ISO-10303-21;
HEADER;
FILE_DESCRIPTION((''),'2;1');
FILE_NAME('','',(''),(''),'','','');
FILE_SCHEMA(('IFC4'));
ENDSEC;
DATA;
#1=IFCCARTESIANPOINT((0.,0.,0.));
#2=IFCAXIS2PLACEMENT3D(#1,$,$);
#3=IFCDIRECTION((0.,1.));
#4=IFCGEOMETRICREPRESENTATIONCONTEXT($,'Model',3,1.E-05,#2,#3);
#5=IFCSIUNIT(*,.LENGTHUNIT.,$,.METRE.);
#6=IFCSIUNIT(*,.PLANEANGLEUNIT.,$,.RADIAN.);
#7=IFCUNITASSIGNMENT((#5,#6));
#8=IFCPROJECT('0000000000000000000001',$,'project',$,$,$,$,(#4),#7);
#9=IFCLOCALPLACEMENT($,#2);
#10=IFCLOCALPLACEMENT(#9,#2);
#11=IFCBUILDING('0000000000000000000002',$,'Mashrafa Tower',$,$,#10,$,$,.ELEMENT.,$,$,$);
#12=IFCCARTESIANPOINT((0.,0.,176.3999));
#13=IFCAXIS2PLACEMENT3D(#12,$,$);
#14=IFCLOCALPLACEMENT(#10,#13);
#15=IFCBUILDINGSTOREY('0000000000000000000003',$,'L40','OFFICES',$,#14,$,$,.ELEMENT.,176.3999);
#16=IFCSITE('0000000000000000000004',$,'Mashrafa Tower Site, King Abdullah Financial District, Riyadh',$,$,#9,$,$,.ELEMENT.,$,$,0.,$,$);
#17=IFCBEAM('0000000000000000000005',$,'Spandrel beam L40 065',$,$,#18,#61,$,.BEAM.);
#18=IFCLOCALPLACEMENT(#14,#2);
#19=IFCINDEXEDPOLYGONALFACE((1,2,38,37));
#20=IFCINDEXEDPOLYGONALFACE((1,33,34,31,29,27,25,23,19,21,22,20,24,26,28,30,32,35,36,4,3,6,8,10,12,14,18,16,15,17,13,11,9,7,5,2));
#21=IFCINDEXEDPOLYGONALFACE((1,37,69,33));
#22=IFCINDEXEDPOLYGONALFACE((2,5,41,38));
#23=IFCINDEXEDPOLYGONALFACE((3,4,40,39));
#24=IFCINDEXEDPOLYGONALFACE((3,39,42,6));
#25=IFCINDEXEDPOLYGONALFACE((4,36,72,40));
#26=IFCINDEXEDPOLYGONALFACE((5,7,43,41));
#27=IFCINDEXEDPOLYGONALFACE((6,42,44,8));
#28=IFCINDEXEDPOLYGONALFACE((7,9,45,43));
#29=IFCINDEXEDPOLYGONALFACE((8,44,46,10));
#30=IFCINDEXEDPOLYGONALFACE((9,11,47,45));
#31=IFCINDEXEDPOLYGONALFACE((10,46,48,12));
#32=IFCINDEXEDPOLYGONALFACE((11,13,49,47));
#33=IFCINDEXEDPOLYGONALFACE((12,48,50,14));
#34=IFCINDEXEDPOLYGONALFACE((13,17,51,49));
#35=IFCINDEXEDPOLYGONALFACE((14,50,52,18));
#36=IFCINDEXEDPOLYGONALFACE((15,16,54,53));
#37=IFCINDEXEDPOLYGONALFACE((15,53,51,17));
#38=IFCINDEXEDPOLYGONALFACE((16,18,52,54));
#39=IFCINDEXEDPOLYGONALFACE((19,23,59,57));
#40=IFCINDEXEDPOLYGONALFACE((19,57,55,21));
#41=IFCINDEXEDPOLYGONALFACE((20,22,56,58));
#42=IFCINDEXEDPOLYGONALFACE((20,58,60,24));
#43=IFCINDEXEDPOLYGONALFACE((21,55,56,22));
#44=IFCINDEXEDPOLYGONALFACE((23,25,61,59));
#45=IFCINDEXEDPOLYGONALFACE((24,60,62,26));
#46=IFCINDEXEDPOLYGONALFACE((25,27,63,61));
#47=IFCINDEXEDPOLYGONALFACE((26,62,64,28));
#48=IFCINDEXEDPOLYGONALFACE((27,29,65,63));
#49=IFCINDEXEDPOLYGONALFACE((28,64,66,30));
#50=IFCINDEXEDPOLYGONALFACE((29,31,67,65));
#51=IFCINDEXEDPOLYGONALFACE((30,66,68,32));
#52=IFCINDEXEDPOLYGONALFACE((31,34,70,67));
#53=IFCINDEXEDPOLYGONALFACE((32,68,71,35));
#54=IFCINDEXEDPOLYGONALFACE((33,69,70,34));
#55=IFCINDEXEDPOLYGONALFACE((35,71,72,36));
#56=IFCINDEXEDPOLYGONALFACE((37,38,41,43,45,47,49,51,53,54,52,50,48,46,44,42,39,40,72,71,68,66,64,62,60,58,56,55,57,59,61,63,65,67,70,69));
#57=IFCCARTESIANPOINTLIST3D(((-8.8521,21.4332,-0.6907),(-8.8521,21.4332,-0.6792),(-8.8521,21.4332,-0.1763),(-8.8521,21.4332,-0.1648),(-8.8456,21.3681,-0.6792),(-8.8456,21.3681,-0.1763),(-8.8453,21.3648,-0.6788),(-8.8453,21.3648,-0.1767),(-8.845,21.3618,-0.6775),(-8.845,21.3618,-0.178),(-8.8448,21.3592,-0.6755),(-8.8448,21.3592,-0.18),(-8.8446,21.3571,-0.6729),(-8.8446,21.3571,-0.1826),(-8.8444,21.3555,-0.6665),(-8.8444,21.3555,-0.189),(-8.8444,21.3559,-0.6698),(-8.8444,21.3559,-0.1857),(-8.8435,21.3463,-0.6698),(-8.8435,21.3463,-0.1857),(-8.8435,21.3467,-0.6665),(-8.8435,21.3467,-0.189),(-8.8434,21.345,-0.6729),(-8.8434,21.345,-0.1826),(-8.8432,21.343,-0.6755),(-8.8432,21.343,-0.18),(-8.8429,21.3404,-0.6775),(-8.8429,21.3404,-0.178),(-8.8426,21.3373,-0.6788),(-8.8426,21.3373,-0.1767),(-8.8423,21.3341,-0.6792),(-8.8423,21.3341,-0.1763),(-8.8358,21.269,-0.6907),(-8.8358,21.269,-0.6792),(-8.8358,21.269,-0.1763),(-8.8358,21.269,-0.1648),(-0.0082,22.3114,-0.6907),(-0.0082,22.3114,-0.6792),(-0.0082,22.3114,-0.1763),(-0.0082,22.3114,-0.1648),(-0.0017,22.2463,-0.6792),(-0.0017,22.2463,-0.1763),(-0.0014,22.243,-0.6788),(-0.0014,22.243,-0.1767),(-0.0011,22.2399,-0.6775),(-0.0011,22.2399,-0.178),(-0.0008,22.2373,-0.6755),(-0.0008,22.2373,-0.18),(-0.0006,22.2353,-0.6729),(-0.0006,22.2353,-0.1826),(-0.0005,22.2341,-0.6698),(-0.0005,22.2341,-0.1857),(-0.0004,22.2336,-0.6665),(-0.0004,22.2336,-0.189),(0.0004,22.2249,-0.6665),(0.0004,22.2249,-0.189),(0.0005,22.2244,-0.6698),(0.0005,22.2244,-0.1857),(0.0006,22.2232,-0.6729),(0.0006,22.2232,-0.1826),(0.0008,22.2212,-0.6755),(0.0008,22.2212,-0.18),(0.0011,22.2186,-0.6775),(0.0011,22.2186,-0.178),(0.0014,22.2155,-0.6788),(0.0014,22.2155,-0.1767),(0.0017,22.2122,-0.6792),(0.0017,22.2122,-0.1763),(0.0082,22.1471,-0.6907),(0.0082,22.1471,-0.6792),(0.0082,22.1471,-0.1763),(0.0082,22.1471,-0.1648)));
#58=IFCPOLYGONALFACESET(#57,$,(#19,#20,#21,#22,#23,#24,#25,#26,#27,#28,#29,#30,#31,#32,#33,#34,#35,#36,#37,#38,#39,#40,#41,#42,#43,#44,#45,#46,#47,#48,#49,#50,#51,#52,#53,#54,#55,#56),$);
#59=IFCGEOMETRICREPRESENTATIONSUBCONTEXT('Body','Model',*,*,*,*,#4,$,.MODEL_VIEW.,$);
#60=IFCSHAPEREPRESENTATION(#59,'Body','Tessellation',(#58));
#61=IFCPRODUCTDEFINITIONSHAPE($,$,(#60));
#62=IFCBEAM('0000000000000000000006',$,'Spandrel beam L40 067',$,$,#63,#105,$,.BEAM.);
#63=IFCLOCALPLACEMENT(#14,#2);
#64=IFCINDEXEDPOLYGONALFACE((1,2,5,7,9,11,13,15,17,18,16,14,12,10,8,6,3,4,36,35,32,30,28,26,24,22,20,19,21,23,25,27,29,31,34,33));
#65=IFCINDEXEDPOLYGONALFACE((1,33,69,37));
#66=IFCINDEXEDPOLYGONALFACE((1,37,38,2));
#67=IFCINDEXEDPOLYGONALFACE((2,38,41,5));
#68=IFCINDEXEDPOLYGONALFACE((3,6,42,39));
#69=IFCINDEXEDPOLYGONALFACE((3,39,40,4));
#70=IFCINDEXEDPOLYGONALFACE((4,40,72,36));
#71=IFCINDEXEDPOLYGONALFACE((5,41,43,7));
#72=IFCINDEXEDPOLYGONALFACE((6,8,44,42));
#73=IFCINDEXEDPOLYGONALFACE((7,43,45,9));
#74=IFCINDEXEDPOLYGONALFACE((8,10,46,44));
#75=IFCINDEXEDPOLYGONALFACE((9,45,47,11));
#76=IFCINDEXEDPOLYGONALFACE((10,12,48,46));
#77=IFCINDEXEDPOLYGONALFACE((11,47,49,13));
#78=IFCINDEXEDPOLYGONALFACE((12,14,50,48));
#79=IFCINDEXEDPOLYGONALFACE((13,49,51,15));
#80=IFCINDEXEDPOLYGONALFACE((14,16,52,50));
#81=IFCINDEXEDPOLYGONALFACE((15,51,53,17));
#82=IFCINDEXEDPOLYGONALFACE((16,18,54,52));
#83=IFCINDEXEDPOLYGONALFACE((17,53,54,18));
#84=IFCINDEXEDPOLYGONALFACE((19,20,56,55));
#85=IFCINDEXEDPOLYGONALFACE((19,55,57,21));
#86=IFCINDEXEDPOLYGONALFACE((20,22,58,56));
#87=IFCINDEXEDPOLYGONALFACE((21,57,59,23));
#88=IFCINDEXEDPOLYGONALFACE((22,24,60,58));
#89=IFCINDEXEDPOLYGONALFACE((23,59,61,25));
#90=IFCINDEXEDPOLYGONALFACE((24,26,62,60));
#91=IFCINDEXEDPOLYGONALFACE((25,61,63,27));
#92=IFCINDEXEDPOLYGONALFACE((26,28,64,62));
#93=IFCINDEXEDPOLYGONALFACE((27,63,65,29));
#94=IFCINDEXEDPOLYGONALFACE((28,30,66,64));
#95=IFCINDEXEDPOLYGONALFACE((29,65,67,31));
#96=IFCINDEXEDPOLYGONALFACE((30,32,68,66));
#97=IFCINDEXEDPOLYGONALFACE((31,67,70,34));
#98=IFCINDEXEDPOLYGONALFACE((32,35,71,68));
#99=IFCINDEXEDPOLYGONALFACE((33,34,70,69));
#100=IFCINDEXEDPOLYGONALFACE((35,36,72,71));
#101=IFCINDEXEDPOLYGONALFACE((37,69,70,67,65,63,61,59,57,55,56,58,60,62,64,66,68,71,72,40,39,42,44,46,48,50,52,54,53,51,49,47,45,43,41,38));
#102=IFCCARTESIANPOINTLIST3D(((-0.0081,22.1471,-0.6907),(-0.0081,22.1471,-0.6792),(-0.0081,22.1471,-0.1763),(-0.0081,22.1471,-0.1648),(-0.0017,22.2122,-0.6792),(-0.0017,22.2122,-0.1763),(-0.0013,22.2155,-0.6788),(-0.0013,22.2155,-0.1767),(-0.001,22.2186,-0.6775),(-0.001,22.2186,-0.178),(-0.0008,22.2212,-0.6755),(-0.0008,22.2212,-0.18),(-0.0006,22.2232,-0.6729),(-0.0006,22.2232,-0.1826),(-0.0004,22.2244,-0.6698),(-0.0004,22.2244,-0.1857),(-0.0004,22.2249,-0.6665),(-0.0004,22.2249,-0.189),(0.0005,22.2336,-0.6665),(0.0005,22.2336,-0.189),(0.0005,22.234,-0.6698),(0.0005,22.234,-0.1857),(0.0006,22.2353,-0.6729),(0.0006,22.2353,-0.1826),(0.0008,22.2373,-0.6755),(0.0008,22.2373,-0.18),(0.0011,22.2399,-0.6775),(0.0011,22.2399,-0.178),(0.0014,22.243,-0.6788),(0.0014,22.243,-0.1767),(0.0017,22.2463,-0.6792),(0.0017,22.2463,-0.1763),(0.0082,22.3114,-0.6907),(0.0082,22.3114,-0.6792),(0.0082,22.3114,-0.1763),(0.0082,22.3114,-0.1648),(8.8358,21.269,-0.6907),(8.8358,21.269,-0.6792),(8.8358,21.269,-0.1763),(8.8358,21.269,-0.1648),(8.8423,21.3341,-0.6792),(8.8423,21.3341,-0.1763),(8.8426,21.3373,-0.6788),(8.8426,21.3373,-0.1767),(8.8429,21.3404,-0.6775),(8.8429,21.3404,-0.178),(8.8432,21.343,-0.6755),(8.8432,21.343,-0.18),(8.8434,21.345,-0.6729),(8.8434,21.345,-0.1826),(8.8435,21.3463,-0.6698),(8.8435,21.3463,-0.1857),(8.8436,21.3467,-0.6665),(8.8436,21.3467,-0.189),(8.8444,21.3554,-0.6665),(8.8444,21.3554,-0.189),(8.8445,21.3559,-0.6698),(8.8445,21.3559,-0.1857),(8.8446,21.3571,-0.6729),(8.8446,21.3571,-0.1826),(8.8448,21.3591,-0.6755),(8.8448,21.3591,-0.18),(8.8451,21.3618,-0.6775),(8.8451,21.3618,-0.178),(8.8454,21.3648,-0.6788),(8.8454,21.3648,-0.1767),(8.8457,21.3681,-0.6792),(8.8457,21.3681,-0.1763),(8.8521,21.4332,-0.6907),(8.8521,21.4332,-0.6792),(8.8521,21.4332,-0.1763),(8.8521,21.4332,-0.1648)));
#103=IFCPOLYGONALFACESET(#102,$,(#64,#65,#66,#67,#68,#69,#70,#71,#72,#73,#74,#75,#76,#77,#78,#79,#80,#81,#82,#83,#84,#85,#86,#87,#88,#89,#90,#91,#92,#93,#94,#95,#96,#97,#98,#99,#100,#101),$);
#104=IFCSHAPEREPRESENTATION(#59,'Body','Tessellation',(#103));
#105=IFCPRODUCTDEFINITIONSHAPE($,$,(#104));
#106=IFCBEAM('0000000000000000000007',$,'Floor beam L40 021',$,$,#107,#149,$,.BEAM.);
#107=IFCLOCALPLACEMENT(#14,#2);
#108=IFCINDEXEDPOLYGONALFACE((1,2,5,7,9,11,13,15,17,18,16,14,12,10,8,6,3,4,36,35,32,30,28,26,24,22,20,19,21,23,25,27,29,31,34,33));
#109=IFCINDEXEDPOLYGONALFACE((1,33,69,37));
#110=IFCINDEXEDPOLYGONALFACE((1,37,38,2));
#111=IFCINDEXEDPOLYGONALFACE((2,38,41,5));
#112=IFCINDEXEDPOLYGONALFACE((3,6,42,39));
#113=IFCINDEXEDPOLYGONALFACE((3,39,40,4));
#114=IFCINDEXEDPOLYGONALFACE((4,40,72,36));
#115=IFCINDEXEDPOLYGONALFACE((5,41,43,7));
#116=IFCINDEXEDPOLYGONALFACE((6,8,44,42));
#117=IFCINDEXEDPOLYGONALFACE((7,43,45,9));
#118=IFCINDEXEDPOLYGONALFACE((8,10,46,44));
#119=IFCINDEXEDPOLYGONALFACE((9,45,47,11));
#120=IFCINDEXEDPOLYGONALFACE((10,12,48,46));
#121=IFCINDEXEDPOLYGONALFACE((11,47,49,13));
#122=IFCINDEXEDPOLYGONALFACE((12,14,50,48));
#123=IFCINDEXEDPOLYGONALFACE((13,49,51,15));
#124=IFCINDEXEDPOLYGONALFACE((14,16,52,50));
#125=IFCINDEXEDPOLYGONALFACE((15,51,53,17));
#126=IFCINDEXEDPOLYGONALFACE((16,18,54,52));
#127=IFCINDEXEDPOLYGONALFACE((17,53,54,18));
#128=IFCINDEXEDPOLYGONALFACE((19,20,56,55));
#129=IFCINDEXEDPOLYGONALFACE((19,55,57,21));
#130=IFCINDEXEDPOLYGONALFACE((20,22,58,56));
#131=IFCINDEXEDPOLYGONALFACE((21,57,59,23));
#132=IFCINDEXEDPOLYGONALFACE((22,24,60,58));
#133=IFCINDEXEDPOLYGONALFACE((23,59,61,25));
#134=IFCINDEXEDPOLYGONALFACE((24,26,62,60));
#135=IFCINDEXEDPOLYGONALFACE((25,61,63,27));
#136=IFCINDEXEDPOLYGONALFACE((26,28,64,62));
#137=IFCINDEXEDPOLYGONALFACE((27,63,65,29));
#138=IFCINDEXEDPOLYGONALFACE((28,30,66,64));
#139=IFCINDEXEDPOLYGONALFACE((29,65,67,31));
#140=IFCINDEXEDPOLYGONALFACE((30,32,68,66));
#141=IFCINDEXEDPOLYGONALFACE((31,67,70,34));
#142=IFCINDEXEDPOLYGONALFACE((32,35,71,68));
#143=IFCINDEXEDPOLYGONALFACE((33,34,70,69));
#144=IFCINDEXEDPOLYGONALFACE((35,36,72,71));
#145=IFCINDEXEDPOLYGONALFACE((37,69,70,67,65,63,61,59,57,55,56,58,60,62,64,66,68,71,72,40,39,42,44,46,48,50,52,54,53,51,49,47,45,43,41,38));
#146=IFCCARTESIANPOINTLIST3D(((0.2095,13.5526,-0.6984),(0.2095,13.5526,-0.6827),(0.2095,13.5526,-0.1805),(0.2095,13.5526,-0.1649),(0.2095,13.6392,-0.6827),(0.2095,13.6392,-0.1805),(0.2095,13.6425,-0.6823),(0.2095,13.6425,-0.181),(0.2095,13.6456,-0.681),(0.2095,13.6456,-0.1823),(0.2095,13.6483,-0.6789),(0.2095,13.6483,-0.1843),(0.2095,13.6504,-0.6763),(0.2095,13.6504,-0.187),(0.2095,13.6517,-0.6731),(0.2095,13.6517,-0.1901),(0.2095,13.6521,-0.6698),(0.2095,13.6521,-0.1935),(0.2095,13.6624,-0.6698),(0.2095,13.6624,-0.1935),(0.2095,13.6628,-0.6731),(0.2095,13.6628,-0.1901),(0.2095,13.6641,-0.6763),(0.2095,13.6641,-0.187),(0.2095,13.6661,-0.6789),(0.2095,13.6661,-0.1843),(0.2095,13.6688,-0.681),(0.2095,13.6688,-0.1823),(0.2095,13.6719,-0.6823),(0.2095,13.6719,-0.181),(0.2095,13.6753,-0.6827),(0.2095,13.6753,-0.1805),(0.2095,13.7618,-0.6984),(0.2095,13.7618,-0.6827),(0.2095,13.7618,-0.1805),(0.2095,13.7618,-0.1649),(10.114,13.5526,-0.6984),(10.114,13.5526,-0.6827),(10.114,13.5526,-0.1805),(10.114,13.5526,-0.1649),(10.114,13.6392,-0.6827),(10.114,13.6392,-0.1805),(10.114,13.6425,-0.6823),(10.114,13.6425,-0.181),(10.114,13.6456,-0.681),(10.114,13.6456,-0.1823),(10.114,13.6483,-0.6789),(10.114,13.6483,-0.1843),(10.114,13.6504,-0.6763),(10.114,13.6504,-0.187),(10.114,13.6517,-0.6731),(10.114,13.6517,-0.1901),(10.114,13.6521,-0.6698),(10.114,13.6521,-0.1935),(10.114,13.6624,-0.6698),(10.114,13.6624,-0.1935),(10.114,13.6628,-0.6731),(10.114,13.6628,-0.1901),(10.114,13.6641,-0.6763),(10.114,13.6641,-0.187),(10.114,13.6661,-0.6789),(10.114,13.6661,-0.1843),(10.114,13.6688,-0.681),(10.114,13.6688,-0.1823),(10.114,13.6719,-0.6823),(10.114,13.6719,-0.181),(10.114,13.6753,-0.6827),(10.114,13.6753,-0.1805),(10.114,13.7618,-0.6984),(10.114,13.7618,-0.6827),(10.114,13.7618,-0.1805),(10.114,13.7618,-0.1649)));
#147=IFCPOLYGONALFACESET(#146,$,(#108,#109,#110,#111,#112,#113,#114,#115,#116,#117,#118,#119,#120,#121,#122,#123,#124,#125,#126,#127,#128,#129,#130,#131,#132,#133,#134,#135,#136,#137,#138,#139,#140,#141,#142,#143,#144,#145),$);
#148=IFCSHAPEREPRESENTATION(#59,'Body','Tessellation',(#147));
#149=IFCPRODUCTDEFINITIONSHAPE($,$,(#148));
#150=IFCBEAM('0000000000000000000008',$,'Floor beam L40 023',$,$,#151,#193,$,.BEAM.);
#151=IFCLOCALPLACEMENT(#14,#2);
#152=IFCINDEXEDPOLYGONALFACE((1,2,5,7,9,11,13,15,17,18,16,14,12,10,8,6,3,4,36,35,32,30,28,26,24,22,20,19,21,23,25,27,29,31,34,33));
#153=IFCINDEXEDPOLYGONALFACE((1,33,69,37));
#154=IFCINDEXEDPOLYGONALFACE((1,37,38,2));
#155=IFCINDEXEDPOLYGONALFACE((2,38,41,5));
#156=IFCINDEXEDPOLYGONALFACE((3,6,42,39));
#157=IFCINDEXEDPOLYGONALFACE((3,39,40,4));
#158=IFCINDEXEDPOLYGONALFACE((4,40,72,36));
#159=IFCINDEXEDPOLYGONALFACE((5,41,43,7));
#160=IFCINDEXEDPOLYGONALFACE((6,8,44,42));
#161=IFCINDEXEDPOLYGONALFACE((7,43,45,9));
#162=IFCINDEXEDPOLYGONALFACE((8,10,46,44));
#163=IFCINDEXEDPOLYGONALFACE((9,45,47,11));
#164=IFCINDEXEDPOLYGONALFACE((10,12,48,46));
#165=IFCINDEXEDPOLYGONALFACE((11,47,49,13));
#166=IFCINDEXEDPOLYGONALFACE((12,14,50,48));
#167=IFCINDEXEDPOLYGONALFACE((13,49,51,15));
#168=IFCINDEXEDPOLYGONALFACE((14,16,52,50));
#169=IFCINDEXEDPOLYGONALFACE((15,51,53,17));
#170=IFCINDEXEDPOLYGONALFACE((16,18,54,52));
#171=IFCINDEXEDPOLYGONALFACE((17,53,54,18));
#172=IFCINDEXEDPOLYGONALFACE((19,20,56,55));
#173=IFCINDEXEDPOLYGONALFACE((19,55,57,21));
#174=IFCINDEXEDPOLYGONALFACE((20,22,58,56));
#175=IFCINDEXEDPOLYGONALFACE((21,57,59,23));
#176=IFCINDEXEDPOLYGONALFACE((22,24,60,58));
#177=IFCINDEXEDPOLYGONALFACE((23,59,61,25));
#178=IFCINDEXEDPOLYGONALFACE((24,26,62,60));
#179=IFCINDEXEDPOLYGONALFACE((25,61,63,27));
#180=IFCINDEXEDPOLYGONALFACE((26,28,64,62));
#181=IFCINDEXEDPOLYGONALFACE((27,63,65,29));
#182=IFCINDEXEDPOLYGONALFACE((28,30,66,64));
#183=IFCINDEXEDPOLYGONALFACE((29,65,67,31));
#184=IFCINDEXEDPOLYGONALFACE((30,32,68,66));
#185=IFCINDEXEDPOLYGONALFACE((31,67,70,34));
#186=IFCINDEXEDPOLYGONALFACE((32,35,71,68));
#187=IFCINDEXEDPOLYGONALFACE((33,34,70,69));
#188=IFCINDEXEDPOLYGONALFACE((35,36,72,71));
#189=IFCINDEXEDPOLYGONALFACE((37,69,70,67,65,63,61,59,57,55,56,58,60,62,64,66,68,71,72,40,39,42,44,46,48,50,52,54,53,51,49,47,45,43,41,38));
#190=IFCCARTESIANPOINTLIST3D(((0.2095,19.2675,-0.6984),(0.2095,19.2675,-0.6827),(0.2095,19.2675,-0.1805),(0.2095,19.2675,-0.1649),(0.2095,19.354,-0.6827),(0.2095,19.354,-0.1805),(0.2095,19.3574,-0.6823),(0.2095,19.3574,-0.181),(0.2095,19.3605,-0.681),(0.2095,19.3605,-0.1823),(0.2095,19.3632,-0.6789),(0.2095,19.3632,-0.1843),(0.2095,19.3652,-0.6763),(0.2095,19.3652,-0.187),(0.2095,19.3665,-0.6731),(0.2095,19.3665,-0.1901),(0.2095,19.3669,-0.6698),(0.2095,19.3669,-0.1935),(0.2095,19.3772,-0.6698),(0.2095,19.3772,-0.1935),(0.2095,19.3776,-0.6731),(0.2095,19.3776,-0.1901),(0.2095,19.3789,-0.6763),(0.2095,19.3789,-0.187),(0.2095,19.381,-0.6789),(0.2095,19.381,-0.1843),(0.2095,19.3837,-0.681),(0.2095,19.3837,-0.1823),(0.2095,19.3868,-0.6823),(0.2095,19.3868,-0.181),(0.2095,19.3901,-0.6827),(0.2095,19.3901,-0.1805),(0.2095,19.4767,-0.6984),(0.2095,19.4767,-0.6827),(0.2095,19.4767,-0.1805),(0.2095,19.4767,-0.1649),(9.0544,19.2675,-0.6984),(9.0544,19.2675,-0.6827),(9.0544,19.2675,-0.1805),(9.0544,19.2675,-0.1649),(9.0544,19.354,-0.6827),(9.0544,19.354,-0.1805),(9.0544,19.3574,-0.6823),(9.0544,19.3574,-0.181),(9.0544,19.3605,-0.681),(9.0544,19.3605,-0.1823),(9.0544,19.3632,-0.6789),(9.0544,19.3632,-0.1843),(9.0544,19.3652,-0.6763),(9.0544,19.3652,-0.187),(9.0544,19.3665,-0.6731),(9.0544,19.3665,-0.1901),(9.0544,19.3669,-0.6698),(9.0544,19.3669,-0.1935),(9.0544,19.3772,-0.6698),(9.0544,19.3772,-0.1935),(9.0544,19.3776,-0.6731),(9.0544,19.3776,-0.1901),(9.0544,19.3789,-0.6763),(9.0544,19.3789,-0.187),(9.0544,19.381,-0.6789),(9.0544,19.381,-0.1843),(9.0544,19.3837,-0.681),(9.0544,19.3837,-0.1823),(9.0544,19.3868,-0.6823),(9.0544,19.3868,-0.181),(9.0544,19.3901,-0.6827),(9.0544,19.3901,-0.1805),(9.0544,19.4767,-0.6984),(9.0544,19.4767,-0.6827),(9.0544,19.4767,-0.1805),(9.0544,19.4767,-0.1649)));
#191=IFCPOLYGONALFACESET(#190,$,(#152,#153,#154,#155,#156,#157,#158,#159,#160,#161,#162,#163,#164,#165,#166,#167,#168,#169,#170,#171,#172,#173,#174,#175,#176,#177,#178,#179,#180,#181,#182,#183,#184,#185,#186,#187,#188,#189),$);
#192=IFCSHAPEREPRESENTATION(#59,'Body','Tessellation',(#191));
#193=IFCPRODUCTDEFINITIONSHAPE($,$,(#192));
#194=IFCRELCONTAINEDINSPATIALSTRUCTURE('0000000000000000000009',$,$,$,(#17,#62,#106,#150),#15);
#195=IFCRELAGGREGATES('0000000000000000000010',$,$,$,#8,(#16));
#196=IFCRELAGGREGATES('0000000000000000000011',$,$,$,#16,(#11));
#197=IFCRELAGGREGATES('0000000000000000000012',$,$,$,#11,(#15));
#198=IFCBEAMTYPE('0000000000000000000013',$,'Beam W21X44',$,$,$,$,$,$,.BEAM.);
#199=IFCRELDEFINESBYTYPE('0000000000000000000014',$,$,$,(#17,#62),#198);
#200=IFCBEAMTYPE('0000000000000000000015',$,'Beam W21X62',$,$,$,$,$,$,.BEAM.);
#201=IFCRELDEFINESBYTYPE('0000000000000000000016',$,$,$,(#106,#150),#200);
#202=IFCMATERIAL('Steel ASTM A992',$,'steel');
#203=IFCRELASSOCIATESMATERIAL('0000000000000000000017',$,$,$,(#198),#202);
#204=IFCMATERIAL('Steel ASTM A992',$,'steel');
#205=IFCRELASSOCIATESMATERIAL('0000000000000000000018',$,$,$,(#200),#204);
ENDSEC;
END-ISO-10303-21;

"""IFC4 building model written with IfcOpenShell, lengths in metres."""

from ifc_helpers import new_model, si_unit, direction, frame, origin, origin_2d, place, context, subcontext, project, spatial, i_section, extrude, material, material_profile, profile_set, type_object, element, save


model = new_model("IFC4")

# Units and contexts
model_context = context("Model", 3, precision=1e-05, world=origin(), true_north=direction((0.0, 1.0)))
body_context = subcontext(model_context, "Body", "Model", "MODEL_VIEW")
ifc_project = project(units=[si_unit("LENGTHUNIT", "METRE"), si_unit("PLANEANGLEUNIT", "RADIAN")], contexts=[model_context])

# Site, building, storey
site_placement = place(None, origin())
site = spatial("IfcSite", under=ifc_project, at=site_placement, Name="Mashrafa Tower Site, King Abdullah Financial District, Riyadh", CompositionType="ELEMENT", RefElevation=0.0)
building_placement = place(site_placement, origin())
building = spatial("IfcBuilding", under=site, at=building_placement, Name="Mashrafa Tower", CompositionType="ELEMENT")
storey_placement = place(building_placement, frame((0.0, 0.0, 176.3999)))
storey = spatial("IfcBuildingStorey", under=building, at=storey_placement, Name="L40", Description="OFFICES", CompositionType="ELEMENT", Elevation=176.3999)

# Beams
ifc_material_1 = material(Name="Steel ASTM A992", Category="steel")
ifc_material_profile_1 = material_profile(ifc_material_1, i_section(OverallWidth=0.165, OverallDepth=0.5259, WebThickness=0.0088, FlangeThickness=0.0115, FilletRadius=0.0127, at=origin_2d()), Name="W21X44")
ifc_profile_set_1 = profile_set([ifc_material_profile_1], Name="Steel ASTM A992")
beam_type_1 = type_object("IfcBeamType", Name="Beam W21X44", PredefinedType="BEAM", material=ifc_profile_set_1)
for number, where, z_axis, x_axis, name in (
    (1, (0.0, 22.2292, -0.4277), (-0.995106, -0.09881, 0.0), (0.09881, -0.995106, 0.0), "Spandrel beam L40 065"),
    (2, (8.844, 21.3511, -0.4277), (-0.995106, 0.09881, 0.0), (-0.09881, -0.995106, 0.0), "Spandrel beam L40 067"),
):
    element("IfcBeam", number, at=place(storey_placement, frame(where, z_axis=z_axis, x_axis=x_axis)), inside=storey, type_object=beam_type_1, Name=name, PredefinedType="BEAM", context=body_context, shape_type="SweptSolid", body=[
        extrude(i_section(OverallWidth=0.165, OverallDepth=0.5259, WebThickness=0.0088, FlangeThickness=0.0115, FilletRadius=0.0127, at=origin_2d()), origin(), (0.0, 0.0, 1.0), 8.8875),
    ])
ifc_material_2 = material(Name="Steel ASTM A992", Category="steel")
ifc_material_profile_2 = material_profile(ifc_material_2, i_section(OverallWidth=0.2092, OverallDepth=0.5334, WebThickness=0.0103, FlangeThickness=0.0156, FilletRadius=0.0129, at=origin_2d()), Name="W21X62")
ifc_profile_set_2 = profile_set([ifc_material_profile_2], Name="Steel ASTM A992")
beam_type_2 = type_object("IfcBeamType", Name="Beam W21X62", PredefinedType="BEAM", material=ifc_profile_set_2)
beam_1_placement = place(storey_placement, frame((0.2095, 13.6572, -0.4316), z_axis=(1.0, 0.0, 0.0), x_axis=(0.0, 1.0, 0.0)))
element("IfcBeam", 3, at=beam_1_placement, inside=storey, type_object=beam_type_2, Name="Floor beam L40 021", PredefinedType="BEAM", context=body_context, shape_type="SweptSolid", body=[
    extrude(i_section(OverallWidth=0.2092, OverallDepth=0.5334, WebThickness=0.0103, FlangeThickness=0.0156, FilletRadius=0.0129, at=origin_2d()), origin(), (0.0, 0.0, 1.0), 9.9045),
])
beam_2_placement = place(storey_placement, frame((0.2095, 19.3721, -0.4316), z_axis=(1.0, 0.0, 0.0), x_axis=(0.0, 1.0, 0.0)))
element("IfcBeam", 4, at=beam_2_placement, inside=storey, type_object=beam_type_2, Name="Floor beam L40 023", PredefinedType="BEAM", context=body_context, shape_type="SweptSolid", body=[
    extrude(i_section(OverallWidth=0.2092, OverallDepth=0.5334, WebThickness=0.0103, FlangeThickness=0.0156, FilletRadius=0.0129, at=origin_2d()), origin(), (0.0, 0.0, 1.0), 8.845),
])

save(model, "model.ifc")
